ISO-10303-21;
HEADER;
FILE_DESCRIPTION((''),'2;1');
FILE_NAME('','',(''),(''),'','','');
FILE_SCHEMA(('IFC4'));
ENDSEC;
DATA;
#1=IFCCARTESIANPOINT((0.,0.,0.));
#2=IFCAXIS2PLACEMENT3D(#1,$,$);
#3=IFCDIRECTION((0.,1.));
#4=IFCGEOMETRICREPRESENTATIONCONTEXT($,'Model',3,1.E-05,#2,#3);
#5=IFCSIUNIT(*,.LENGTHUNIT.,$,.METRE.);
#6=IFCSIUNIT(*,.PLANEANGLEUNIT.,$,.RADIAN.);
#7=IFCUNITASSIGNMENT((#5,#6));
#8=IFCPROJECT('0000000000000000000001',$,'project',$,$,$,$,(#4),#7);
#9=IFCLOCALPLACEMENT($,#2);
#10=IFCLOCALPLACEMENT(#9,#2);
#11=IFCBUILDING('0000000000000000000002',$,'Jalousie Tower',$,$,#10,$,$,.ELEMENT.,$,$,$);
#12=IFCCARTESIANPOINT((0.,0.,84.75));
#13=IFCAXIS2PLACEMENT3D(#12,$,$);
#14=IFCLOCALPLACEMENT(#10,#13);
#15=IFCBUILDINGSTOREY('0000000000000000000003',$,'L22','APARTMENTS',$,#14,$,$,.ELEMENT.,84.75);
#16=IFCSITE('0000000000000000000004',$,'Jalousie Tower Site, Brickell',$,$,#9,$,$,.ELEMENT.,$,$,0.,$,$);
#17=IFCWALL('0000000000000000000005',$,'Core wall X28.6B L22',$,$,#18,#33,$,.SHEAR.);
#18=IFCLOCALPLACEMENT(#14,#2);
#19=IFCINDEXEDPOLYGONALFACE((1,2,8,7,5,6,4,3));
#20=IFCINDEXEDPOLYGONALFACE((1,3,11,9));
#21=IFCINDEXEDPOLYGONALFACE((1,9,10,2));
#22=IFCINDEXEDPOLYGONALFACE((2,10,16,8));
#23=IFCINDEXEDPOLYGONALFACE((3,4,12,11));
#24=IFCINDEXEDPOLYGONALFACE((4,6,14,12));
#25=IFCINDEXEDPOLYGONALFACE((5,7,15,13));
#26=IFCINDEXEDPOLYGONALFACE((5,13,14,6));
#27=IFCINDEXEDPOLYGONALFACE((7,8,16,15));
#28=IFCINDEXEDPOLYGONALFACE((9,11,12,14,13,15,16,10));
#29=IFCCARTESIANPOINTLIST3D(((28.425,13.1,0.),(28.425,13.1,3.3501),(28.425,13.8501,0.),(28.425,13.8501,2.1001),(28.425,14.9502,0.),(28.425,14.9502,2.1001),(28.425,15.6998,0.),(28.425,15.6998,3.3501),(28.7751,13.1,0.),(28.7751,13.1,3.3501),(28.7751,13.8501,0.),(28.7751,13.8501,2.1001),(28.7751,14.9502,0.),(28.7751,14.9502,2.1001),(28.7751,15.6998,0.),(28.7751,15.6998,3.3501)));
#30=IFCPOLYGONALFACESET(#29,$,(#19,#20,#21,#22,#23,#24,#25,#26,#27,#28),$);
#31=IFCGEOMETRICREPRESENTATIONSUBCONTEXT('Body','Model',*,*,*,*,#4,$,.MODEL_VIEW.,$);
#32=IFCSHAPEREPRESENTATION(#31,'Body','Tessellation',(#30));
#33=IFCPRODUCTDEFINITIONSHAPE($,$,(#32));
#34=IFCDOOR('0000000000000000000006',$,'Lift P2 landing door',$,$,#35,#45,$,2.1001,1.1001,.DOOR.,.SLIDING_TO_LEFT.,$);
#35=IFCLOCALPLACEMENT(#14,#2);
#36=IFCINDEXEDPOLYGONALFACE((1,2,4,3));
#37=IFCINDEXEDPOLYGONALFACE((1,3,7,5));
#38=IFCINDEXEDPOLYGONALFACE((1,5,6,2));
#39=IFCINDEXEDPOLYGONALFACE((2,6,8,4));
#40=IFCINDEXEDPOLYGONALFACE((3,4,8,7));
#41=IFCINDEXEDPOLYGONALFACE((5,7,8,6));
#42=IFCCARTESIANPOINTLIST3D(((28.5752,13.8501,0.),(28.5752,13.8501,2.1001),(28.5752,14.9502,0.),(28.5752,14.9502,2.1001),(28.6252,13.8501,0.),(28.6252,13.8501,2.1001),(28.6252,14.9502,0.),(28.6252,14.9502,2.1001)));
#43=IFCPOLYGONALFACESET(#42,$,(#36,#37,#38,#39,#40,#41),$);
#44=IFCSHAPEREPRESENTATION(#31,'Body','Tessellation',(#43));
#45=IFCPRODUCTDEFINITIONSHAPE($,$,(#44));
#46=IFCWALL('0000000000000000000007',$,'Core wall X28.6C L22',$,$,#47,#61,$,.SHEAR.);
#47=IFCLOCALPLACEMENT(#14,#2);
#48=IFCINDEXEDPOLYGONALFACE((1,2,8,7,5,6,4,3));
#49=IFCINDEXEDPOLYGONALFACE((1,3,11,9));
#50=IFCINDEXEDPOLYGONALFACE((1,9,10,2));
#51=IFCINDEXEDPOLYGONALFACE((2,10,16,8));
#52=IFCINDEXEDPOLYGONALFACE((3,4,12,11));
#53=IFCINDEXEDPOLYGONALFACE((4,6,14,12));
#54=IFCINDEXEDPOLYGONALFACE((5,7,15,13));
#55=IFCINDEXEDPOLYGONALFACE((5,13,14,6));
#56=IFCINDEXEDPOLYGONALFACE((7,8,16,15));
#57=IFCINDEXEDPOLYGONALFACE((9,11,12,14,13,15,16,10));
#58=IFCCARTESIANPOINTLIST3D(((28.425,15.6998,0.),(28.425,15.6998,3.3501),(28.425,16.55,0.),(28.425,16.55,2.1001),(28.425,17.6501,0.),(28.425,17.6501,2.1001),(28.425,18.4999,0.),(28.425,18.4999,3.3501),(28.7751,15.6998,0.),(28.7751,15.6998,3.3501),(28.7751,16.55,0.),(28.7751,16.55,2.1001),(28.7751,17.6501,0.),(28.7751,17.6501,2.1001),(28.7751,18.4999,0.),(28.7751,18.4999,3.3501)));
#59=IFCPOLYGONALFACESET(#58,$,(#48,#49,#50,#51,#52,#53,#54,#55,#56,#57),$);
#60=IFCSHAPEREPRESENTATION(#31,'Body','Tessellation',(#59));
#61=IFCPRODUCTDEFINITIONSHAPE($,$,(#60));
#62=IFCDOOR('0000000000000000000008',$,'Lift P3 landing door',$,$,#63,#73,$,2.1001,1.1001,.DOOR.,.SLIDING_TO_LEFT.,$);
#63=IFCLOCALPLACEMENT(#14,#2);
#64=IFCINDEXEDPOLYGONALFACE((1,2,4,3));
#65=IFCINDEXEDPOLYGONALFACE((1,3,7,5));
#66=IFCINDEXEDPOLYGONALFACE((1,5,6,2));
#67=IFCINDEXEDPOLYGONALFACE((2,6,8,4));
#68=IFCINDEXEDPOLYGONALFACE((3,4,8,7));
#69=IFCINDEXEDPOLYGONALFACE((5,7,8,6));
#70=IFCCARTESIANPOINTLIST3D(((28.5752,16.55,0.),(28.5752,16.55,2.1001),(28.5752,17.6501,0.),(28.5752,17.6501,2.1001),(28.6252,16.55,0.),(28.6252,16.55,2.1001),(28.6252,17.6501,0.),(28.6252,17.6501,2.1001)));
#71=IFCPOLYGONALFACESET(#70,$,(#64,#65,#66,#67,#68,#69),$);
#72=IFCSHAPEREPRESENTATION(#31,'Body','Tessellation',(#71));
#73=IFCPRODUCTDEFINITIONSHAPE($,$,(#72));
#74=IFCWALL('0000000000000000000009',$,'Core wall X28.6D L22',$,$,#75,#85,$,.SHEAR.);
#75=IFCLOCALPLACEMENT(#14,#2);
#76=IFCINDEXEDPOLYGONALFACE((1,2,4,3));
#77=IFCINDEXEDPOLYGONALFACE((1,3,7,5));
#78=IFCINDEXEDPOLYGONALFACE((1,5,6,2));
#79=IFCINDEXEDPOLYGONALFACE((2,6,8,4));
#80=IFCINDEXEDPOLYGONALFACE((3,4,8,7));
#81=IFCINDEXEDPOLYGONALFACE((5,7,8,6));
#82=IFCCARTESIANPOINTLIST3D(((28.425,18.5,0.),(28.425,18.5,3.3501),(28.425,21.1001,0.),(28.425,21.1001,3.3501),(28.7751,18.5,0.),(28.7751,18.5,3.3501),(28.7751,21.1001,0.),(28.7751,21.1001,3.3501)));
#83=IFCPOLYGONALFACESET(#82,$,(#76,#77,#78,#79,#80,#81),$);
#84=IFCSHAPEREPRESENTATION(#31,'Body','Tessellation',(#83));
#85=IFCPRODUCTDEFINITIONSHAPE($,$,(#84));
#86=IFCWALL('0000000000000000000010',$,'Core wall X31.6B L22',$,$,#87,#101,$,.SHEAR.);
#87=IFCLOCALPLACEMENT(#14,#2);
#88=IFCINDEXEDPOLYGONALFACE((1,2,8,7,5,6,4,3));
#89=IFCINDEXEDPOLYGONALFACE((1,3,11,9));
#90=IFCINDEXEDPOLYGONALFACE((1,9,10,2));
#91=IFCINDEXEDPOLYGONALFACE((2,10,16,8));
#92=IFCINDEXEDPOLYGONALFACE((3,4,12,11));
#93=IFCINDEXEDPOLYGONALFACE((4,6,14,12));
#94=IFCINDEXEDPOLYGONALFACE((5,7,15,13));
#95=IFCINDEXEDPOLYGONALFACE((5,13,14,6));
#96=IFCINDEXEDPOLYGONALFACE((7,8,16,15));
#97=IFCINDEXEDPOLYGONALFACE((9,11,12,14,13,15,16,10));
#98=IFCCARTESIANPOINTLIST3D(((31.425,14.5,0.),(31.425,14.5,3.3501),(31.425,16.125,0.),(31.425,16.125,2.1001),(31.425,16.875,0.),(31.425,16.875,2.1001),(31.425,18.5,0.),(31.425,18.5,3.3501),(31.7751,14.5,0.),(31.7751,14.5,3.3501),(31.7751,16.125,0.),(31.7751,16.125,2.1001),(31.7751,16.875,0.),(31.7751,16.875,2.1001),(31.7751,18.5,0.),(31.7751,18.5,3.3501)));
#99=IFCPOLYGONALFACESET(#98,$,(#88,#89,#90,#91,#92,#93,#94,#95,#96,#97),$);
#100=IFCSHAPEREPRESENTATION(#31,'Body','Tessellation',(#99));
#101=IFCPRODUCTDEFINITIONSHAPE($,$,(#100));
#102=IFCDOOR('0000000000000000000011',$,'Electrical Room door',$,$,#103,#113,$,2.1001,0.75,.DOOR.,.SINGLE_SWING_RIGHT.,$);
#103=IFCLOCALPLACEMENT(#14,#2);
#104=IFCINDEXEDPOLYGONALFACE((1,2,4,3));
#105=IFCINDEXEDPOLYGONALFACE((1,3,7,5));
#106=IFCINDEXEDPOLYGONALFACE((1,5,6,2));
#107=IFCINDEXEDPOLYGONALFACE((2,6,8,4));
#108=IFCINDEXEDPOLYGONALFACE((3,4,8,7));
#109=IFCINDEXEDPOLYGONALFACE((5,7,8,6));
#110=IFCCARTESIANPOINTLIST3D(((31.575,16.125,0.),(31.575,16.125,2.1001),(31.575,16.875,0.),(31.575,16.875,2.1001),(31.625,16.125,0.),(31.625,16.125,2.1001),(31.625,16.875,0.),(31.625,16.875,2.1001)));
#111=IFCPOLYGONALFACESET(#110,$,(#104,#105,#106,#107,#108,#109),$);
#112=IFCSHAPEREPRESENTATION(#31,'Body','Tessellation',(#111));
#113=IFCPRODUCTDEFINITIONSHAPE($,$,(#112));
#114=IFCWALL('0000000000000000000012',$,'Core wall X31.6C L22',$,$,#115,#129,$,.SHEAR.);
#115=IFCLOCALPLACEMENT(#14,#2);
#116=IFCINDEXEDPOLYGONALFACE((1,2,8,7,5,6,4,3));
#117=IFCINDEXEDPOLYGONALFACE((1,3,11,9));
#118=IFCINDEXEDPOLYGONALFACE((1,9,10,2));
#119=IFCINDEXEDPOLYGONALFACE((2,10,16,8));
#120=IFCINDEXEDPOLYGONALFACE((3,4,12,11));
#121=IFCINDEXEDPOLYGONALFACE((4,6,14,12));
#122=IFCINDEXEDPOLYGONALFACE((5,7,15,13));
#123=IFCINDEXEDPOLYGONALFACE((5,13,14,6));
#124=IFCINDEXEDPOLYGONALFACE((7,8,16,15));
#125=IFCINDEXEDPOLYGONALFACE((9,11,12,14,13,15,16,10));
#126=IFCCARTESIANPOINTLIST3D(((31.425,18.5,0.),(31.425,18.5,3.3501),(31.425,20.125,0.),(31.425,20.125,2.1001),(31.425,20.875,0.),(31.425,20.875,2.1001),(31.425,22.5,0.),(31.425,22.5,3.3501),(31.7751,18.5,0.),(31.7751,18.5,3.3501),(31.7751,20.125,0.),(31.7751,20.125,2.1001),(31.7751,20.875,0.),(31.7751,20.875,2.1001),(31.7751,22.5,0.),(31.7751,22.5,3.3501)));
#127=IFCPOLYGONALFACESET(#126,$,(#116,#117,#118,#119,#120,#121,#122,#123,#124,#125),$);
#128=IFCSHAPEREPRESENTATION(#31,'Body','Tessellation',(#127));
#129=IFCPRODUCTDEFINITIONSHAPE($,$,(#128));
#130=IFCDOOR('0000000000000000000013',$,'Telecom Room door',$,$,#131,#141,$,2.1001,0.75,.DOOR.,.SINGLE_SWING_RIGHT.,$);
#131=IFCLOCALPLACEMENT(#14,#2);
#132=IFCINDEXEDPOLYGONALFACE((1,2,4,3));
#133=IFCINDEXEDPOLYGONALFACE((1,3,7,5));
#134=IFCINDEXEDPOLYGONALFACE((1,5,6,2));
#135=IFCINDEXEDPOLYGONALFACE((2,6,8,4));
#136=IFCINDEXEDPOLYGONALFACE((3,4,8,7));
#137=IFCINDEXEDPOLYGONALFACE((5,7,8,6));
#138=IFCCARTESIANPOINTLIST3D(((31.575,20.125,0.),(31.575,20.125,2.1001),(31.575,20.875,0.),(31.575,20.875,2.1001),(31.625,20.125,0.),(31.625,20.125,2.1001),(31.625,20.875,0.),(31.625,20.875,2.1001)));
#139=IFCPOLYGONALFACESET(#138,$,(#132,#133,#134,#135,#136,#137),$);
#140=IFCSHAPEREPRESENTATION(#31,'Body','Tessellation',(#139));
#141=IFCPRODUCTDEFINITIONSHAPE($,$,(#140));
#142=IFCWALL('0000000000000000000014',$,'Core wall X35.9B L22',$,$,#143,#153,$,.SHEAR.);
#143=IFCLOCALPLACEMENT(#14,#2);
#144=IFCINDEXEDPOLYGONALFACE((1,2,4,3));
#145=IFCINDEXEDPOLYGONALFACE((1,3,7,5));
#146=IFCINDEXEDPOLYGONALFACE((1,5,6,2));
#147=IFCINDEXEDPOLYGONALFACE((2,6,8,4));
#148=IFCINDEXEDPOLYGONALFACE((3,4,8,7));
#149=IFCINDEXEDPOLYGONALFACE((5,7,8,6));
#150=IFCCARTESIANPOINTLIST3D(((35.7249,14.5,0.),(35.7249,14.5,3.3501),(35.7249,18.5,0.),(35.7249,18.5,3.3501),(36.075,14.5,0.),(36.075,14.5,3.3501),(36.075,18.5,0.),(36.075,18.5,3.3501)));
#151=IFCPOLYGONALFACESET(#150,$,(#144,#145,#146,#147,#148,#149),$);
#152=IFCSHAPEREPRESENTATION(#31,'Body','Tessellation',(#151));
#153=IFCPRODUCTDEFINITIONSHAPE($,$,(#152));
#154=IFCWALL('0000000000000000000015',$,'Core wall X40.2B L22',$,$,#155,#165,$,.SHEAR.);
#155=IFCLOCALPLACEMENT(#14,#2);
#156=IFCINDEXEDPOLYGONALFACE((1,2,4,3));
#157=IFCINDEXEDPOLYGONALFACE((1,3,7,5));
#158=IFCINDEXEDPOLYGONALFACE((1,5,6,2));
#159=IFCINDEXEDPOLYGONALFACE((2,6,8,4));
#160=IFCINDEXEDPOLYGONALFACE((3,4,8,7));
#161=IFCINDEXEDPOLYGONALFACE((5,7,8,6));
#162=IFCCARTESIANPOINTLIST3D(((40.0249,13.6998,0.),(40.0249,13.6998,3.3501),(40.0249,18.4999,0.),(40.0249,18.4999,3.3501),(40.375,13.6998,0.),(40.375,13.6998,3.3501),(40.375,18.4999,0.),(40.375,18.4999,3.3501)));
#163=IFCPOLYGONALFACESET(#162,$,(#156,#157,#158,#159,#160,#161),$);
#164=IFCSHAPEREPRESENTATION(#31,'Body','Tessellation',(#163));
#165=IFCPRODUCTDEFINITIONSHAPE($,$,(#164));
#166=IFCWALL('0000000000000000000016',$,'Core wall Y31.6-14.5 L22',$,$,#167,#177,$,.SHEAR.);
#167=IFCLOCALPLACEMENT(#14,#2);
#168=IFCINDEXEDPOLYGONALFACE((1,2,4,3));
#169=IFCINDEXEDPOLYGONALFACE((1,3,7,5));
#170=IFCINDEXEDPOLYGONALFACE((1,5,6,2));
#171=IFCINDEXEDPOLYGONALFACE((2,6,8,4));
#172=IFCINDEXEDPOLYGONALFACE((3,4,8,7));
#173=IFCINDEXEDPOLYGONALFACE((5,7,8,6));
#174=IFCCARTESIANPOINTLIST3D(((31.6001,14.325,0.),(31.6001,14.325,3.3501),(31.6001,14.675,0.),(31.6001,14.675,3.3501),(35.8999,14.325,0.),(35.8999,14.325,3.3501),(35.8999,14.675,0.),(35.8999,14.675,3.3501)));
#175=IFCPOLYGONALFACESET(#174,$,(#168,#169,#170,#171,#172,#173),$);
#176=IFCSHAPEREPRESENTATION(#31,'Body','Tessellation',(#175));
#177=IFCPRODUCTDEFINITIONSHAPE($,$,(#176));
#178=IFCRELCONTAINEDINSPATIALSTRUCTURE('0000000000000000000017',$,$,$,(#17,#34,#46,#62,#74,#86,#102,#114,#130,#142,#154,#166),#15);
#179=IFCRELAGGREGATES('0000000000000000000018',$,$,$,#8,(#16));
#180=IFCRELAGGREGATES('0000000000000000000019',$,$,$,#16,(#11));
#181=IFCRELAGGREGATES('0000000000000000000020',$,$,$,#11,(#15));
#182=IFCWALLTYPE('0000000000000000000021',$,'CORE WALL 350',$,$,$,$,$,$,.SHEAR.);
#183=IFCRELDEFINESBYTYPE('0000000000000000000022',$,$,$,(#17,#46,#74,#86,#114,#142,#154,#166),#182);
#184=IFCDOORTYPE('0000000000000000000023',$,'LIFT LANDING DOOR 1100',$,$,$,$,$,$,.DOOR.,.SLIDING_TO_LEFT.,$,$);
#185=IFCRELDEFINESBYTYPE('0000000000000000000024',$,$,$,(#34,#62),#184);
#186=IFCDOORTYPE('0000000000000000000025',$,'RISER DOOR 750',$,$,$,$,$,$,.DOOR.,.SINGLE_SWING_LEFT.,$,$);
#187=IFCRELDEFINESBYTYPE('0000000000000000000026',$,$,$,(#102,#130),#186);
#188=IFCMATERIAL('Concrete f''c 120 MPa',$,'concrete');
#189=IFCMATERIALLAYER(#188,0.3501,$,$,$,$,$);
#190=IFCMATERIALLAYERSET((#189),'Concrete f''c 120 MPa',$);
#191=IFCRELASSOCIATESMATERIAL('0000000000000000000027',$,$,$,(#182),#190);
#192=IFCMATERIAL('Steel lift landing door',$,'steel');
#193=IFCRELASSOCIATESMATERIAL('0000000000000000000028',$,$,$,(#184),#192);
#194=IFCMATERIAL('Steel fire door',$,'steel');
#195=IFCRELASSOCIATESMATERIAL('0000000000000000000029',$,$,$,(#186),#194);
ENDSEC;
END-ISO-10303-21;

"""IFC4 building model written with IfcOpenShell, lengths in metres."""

from ifc_helpers import new_model, si_unit, direction, frame, frame_2d, origin, place, context, subcontext, project, spatial, rectangle, extrude, material, layer, layer_set, type_object, element, fill, save


model = new_model("IFC4")

# Units and contexts
model_context = context("Model", 3, precision=1e-05, world=origin(), true_north=direction((0.0, 1.0)))
body_context = subcontext(model_context, "Body", "Model", "MODEL_VIEW")
ifc_project = project(units=[si_unit("LENGTHUNIT", "METRE"), si_unit("PLANEANGLEUNIT", "RADIAN")], contexts=[model_context])

# Site, building, storey
site_placement = place(None, origin())
site = spatial("IfcSite", under=ifc_project, at=site_placement, Name="Jalousie Tower Site, Brickell", CompositionType="ELEMENT", RefElevation=0.0)
building_placement = place(site_placement, origin())
building = spatial("IfcBuilding", under=site, at=building_placement, Name="Jalousie Tower", CompositionType="ELEMENT")
storey_placement = place(building_placement, frame((0.0, 0.0, 84.75)))
storey = spatial("IfcBuildingStorey", under=building, at=storey_placement, Name="L22", Description="APARTMENTS", CompositionType="ELEMENT", Elevation=84.75)

# Walls, openings, doors
ifc_material_1 = material(Name="Concrete f'c 120 MPa", Category="concrete")
ifc_layer = layer(ifc_material_1, 0.3501)
ifc_layer_set = layer_set([ifc_layer], Name="Concrete f'c 120 MPa")
wall_type = type_object("IfcWallType", Name="CORE WALL 350", PredefinedType="SHEAR", material=ifc_layer_set)
wall_1_placement = place(storey_placement, frame((28.6001, 13.1001, 0.0), z_axis=(0.0, 0.0, 1.0), x_axis=(0.0, 1.0, 0.0)))
wall_1 = element("IfcWall", 1, at=wall_1_placement, inside=storey, type_object=wall_type, Name="Core wall X28.6B L22", PredefinedType="SHEAR", context=body_context, shape_type="SweptSolid", body=[
    extrude(rectangle(XDim=2.5999, YDim=0.3501, at=frame_2d((1.2998, 0.0))), origin(), (0.0, 0.0, 1.0), 3.3501),
])
opening_1_placement = place(wall_1_placement, frame((0.75, 0.0, 0.0)))
opening_1 = element("IfcOpeningElement", 2, at=opening_1_placement, cuts=wall_1, PredefinedType="OPENING", context=body_context, shape_type="SweptSolid", body=[
    extrude(rectangle(XDim=1.1001, YDim=2.1001, at=frame_2d((0.55, 1.05))), frame((0.0, 0.1851, 0.0), z_axis=(0.0, -1.0, 0.0), x_axis=(1.0, 0.0, 0.0)), (0.0, 0.0, 1.0), 0.3701),
])
ifc_material_2 = material(Name="Steel lift landing door", Category="steel")
door_type_1 = type_object("IfcDoorType", Name="LIFT LANDING DOOR 1100", OperationType="SLIDING_TO_LEFT", PredefinedType="DOOR", material=ifc_material_2)
door_1_placement = place(opening_1_placement, origin())
door_1 = element("IfcDoor", 3, at=door_1_placement, inside=storey, type_object=door_type_1, Name="Lift P2 landing door", OperationType="SLIDING_TO_LEFT", OverallHeight=2.1001, OverallWidth=1.1001, PredefinedType="DOOR", context=body_context, shape_type="SweptSolid", body=[
    extrude(rectangle(XDim=1.1001, YDim=2.1001, at=frame_2d((0.55, 1.05))), frame((0.0, 0.0249, 0.0), z_axis=(0.0, -1.0, 0.0), x_axis=(1.0, 0.0, 0.0)), (0.0, 0.0, 1.0), 0.05),
])
fill(opening_1, door_1)
wall_2_placement = place(storey_placement, frame((28.6001, 15.7, 0.0), z_axis=(0.0, 0.0, 1.0), x_axis=(0.0, 1.0, 0.0)))
wall_2 = element("IfcWall", 4, at=wall_2_placement, inside=storey, type_object=wall_type, Name="Core wall X28.6C L22", PredefinedType="SHEAR", context=body_context, shape_type="SweptSolid", body=[
    extrude(rectangle(XDim=2.8, YDim=0.3501, at=frame_2d((1.3999, 0.0))), origin(), (0.0, 0.0, 1.0), 3.3501),
])
opening_2_placement = place(wall_2_placement, frame((0.8501, 0.0, 0.0)))
opening_2 = element("IfcOpeningElement", 5, at=opening_2_placement, cuts=wall_2, PredefinedType="OPENING", context=body_context, shape_type="SweptSolid", body=[
    extrude(rectangle(XDim=1.1001, YDim=2.1001, at=frame_2d((0.55, 1.05))), frame((0.0, 0.1851, 0.0), z_axis=(0.0, -1.0, 0.0), x_axis=(1.0, 0.0, 0.0)), (0.0, 0.0, 1.0), 0.3701),
])
door_2_placement = place(opening_2_placement, origin())
door_2 = element("IfcDoor", 6, at=door_2_placement, inside=storey, type_object=door_type_1, Name="Lift P3 landing door", OperationType="SLIDING_TO_LEFT", OverallHeight=2.1001, OverallWidth=1.1001, PredefinedType="DOOR", context=body_context, shape_type="SweptSolid", body=[
    extrude(rectangle(XDim=1.1001, YDim=2.1001, at=frame_2d((0.55, 1.05))), frame((0.0, 0.0249, 0.0), z_axis=(0.0, -1.0, 0.0), x_axis=(1.0, 0.0, 0.0)), (0.0, 0.0, 1.0), 0.05),
])
fill(opening_2, door_2)

# Wall
wall_3_placement = place(storey_placement, frame((28.6001, 18.5, 0.0), z_axis=(0.0, 0.0, 1.0), x_axis=(0.0, 1.0, 0.0)))
element("IfcWall", 7, at=wall_3_placement, inside=storey, type_object=wall_type, Name="Core wall X28.6D L22", PredefinedType="SHEAR", context=body_context, shape_type="SweptSolid", body=[
    extrude(rectangle(XDim=2.6001, YDim=0.3501, at=frame_2d((1.3, 0.0))), origin(), (0.0, 0.0, 1.0), 3.3501),
])

# Walls, openings, doors
wall_4_placement = place(storey_placement, frame((31.6001, 14.5, 0.0), z_axis=(0.0, 0.0, 1.0), x_axis=(0.0, 1.0, 0.0)))
wall_4 = element("IfcWall", 8, at=wall_4_placement, inside=storey, type_object=wall_type, Name="Core wall X31.6B L22", PredefinedType="SHEAR", context=body_context, shape_type="SweptSolid", body=[
    extrude(rectangle(XDim=4.0, YDim=0.3501, at=frame_2d((2.0, 0.0))), origin(), (0.0, 0.0, 1.0), 3.3501),
])
opening_3_placement = place(wall_4_placement, frame((1.625, 0.0, 0.0)))
opening_3 = element("IfcOpeningElement", 9, at=opening_3_placement, cuts=wall_4, PredefinedType="OPENING", context=body_context, shape_type="SweptSolid", body=[
    extrude(rectangle(XDim=0.75, YDim=2.1001, at=frame_2d((0.375, 1.05))), frame((0.0, 0.1851, 0.0), z_axis=(0.0, -1.0, 0.0), x_axis=(1.0, 0.0, 0.0)), (0.0, 0.0, 1.0), 0.3701),
])
ifc_material_3 = material(Name="Steel fire door", Category="steel")
door_type_2 = type_object("IfcDoorType", Name="RISER DOOR 750", OperationType="SINGLE_SWING_LEFT", PredefinedType="DOOR", material=ifc_material_3)
door_3_placement = place(opening_3_placement, frame((0.75, 0.0, 0.0), z_axis=(0.0, 0.0, 1.0), x_axis=(-1.0, 0.0, 0.0)))
door_3 = element("IfcDoor", 10, at=door_3_placement, inside=storey, type_object=door_type_2, Name="Electrical Room door", OperationType="SINGLE_SWING_RIGHT", OverallHeight=2.1001, OverallWidth=0.75, PredefinedType="DOOR", context=body_context, shape_type="SweptSolid", body=[
    extrude(rectangle(XDim=0.75, YDim=2.1001, at=frame_2d((0.375, 1.05))), frame((0.0, 0.0249, 0.0), z_axis=(0.0, -1.0, 0.0), x_axis=(1.0, 0.0, 0.0)), (0.0, 0.0, 1.0), 0.05),
])
fill(opening_3, door_3)
wall_5_placement = place(storey_placement, frame((31.6001, 18.5, 0.0), z_axis=(0.0, 0.0, 1.0), x_axis=(0.0, 1.0, 0.0)))
wall_5 = element("IfcWall", 11, at=wall_5_placement, inside=storey, type_object=wall_type, Name="Core wall X31.6C L22", PredefinedType="SHEAR", context=body_context, shape_type="SweptSolid", body=[
    extrude(rectangle(XDim=4.0, YDim=0.3501, at=frame_2d((2.0, 0.0))), origin(), (0.0, 0.0, 1.0), 3.3501),
])
opening_4_placement = place(wall_5_placement, frame((1.625, 0.0, 0.0)))
opening_4 = element("IfcOpeningElement", 12, at=opening_4_placement, cuts=wall_5, PredefinedType="OPENING", context=body_context, shape_type="SweptSolid", body=[
    extrude(rectangle(XDim=0.75, YDim=2.1001, at=frame_2d((0.375, 1.05))), frame((0.0, 0.1851, 0.0), z_axis=(0.0, -1.0, 0.0), x_axis=(1.0, 0.0, 0.0)), (0.0, 0.0, 1.0), 0.3701),
])
door_4_placement = place(opening_4_placement, frame((0.75, 0.0, 0.0), z_axis=(0.0, 0.0, 1.0), x_axis=(-1.0, 0.0, 0.0)))
door_4 = element("IfcDoor", 13, at=door_4_placement, inside=storey, type_object=door_type_2, Name="Telecom Room door", OperationType="SINGLE_SWING_RIGHT", OverallHeight=2.1001, OverallWidth=0.75, PredefinedType="DOOR", context=body_context, shape_type="SweptSolid", body=[
    extrude(rectangle(XDim=0.75, YDim=2.1001, at=frame_2d((0.375, 1.05))), frame((0.0, 0.0249, 0.0), z_axis=(0.0, -1.0, 0.0), x_axis=(1.0, 0.0, 0.0)), (0.0, 0.0, 1.0), 0.05),
])
fill(opening_4, door_4)

# Walls
wall_6_placement = place(storey_placement, frame((35.8999, 14.5, 0.0), z_axis=(0.0, 0.0, 1.0), x_axis=(0.0, 1.0, 0.0)))
element("IfcWall", 14, at=wall_6_placement, inside=storey, type_object=wall_type, Name="Core wall X35.9B L22", PredefinedType="SHEAR", context=body_context, shape_type="SweptSolid", body=[
    extrude(rectangle(XDim=4.0, YDim=0.3501, at=frame_2d((2.0, 0.0))), origin(), (0.0, 0.0, 1.0), 3.3501),
])
wall_7_placement = place(storey_placement, frame((40.2, 13.7, 0.0), z_axis=(0.0, 0.0, 1.0), x_axis=(0.0, 1.0, 0.0)))
element("IfcWall", 15, at=wall_7_placement, inside=storey, type_object=wall_type, Name="Core wall X40.2B L22", PredefinedType="SHEAR", context=body_context, shape_type="SweptSolid", body=[
    extrude(rectangle(XDim=4.8, YDim=0.3501, at=frame_2d((2.3999, 0.0))), origin(), (0.0, 0.0, 1.0), 3.3501),
])
for number, where, z_axis, x_axis, name in (
    (16, (31.6001, 14.5, 0.0), (0.0, 0.0, 1.0), (1.0, 0.0, 0.0), "Core wall Y31.6-14.5 L22"),
):
    element("IfcWall", number, at=place(storey_placement, frame(where, z_axis=z_axis, x_axis=x_axis)), inside=storey, type_object=wall_type, Name=name, PredefinedType="SHEAR", context=body_context, shape_type="SweptSolid", body=[
        extrude(rectangle(XDim=4.2998, YDim=0.3501, at=frame_2d((2.1499, 0.0))), origin(), (0.0, 0.0, 1.0), 3.3501),
    ])

save(model, "model.ifc")
